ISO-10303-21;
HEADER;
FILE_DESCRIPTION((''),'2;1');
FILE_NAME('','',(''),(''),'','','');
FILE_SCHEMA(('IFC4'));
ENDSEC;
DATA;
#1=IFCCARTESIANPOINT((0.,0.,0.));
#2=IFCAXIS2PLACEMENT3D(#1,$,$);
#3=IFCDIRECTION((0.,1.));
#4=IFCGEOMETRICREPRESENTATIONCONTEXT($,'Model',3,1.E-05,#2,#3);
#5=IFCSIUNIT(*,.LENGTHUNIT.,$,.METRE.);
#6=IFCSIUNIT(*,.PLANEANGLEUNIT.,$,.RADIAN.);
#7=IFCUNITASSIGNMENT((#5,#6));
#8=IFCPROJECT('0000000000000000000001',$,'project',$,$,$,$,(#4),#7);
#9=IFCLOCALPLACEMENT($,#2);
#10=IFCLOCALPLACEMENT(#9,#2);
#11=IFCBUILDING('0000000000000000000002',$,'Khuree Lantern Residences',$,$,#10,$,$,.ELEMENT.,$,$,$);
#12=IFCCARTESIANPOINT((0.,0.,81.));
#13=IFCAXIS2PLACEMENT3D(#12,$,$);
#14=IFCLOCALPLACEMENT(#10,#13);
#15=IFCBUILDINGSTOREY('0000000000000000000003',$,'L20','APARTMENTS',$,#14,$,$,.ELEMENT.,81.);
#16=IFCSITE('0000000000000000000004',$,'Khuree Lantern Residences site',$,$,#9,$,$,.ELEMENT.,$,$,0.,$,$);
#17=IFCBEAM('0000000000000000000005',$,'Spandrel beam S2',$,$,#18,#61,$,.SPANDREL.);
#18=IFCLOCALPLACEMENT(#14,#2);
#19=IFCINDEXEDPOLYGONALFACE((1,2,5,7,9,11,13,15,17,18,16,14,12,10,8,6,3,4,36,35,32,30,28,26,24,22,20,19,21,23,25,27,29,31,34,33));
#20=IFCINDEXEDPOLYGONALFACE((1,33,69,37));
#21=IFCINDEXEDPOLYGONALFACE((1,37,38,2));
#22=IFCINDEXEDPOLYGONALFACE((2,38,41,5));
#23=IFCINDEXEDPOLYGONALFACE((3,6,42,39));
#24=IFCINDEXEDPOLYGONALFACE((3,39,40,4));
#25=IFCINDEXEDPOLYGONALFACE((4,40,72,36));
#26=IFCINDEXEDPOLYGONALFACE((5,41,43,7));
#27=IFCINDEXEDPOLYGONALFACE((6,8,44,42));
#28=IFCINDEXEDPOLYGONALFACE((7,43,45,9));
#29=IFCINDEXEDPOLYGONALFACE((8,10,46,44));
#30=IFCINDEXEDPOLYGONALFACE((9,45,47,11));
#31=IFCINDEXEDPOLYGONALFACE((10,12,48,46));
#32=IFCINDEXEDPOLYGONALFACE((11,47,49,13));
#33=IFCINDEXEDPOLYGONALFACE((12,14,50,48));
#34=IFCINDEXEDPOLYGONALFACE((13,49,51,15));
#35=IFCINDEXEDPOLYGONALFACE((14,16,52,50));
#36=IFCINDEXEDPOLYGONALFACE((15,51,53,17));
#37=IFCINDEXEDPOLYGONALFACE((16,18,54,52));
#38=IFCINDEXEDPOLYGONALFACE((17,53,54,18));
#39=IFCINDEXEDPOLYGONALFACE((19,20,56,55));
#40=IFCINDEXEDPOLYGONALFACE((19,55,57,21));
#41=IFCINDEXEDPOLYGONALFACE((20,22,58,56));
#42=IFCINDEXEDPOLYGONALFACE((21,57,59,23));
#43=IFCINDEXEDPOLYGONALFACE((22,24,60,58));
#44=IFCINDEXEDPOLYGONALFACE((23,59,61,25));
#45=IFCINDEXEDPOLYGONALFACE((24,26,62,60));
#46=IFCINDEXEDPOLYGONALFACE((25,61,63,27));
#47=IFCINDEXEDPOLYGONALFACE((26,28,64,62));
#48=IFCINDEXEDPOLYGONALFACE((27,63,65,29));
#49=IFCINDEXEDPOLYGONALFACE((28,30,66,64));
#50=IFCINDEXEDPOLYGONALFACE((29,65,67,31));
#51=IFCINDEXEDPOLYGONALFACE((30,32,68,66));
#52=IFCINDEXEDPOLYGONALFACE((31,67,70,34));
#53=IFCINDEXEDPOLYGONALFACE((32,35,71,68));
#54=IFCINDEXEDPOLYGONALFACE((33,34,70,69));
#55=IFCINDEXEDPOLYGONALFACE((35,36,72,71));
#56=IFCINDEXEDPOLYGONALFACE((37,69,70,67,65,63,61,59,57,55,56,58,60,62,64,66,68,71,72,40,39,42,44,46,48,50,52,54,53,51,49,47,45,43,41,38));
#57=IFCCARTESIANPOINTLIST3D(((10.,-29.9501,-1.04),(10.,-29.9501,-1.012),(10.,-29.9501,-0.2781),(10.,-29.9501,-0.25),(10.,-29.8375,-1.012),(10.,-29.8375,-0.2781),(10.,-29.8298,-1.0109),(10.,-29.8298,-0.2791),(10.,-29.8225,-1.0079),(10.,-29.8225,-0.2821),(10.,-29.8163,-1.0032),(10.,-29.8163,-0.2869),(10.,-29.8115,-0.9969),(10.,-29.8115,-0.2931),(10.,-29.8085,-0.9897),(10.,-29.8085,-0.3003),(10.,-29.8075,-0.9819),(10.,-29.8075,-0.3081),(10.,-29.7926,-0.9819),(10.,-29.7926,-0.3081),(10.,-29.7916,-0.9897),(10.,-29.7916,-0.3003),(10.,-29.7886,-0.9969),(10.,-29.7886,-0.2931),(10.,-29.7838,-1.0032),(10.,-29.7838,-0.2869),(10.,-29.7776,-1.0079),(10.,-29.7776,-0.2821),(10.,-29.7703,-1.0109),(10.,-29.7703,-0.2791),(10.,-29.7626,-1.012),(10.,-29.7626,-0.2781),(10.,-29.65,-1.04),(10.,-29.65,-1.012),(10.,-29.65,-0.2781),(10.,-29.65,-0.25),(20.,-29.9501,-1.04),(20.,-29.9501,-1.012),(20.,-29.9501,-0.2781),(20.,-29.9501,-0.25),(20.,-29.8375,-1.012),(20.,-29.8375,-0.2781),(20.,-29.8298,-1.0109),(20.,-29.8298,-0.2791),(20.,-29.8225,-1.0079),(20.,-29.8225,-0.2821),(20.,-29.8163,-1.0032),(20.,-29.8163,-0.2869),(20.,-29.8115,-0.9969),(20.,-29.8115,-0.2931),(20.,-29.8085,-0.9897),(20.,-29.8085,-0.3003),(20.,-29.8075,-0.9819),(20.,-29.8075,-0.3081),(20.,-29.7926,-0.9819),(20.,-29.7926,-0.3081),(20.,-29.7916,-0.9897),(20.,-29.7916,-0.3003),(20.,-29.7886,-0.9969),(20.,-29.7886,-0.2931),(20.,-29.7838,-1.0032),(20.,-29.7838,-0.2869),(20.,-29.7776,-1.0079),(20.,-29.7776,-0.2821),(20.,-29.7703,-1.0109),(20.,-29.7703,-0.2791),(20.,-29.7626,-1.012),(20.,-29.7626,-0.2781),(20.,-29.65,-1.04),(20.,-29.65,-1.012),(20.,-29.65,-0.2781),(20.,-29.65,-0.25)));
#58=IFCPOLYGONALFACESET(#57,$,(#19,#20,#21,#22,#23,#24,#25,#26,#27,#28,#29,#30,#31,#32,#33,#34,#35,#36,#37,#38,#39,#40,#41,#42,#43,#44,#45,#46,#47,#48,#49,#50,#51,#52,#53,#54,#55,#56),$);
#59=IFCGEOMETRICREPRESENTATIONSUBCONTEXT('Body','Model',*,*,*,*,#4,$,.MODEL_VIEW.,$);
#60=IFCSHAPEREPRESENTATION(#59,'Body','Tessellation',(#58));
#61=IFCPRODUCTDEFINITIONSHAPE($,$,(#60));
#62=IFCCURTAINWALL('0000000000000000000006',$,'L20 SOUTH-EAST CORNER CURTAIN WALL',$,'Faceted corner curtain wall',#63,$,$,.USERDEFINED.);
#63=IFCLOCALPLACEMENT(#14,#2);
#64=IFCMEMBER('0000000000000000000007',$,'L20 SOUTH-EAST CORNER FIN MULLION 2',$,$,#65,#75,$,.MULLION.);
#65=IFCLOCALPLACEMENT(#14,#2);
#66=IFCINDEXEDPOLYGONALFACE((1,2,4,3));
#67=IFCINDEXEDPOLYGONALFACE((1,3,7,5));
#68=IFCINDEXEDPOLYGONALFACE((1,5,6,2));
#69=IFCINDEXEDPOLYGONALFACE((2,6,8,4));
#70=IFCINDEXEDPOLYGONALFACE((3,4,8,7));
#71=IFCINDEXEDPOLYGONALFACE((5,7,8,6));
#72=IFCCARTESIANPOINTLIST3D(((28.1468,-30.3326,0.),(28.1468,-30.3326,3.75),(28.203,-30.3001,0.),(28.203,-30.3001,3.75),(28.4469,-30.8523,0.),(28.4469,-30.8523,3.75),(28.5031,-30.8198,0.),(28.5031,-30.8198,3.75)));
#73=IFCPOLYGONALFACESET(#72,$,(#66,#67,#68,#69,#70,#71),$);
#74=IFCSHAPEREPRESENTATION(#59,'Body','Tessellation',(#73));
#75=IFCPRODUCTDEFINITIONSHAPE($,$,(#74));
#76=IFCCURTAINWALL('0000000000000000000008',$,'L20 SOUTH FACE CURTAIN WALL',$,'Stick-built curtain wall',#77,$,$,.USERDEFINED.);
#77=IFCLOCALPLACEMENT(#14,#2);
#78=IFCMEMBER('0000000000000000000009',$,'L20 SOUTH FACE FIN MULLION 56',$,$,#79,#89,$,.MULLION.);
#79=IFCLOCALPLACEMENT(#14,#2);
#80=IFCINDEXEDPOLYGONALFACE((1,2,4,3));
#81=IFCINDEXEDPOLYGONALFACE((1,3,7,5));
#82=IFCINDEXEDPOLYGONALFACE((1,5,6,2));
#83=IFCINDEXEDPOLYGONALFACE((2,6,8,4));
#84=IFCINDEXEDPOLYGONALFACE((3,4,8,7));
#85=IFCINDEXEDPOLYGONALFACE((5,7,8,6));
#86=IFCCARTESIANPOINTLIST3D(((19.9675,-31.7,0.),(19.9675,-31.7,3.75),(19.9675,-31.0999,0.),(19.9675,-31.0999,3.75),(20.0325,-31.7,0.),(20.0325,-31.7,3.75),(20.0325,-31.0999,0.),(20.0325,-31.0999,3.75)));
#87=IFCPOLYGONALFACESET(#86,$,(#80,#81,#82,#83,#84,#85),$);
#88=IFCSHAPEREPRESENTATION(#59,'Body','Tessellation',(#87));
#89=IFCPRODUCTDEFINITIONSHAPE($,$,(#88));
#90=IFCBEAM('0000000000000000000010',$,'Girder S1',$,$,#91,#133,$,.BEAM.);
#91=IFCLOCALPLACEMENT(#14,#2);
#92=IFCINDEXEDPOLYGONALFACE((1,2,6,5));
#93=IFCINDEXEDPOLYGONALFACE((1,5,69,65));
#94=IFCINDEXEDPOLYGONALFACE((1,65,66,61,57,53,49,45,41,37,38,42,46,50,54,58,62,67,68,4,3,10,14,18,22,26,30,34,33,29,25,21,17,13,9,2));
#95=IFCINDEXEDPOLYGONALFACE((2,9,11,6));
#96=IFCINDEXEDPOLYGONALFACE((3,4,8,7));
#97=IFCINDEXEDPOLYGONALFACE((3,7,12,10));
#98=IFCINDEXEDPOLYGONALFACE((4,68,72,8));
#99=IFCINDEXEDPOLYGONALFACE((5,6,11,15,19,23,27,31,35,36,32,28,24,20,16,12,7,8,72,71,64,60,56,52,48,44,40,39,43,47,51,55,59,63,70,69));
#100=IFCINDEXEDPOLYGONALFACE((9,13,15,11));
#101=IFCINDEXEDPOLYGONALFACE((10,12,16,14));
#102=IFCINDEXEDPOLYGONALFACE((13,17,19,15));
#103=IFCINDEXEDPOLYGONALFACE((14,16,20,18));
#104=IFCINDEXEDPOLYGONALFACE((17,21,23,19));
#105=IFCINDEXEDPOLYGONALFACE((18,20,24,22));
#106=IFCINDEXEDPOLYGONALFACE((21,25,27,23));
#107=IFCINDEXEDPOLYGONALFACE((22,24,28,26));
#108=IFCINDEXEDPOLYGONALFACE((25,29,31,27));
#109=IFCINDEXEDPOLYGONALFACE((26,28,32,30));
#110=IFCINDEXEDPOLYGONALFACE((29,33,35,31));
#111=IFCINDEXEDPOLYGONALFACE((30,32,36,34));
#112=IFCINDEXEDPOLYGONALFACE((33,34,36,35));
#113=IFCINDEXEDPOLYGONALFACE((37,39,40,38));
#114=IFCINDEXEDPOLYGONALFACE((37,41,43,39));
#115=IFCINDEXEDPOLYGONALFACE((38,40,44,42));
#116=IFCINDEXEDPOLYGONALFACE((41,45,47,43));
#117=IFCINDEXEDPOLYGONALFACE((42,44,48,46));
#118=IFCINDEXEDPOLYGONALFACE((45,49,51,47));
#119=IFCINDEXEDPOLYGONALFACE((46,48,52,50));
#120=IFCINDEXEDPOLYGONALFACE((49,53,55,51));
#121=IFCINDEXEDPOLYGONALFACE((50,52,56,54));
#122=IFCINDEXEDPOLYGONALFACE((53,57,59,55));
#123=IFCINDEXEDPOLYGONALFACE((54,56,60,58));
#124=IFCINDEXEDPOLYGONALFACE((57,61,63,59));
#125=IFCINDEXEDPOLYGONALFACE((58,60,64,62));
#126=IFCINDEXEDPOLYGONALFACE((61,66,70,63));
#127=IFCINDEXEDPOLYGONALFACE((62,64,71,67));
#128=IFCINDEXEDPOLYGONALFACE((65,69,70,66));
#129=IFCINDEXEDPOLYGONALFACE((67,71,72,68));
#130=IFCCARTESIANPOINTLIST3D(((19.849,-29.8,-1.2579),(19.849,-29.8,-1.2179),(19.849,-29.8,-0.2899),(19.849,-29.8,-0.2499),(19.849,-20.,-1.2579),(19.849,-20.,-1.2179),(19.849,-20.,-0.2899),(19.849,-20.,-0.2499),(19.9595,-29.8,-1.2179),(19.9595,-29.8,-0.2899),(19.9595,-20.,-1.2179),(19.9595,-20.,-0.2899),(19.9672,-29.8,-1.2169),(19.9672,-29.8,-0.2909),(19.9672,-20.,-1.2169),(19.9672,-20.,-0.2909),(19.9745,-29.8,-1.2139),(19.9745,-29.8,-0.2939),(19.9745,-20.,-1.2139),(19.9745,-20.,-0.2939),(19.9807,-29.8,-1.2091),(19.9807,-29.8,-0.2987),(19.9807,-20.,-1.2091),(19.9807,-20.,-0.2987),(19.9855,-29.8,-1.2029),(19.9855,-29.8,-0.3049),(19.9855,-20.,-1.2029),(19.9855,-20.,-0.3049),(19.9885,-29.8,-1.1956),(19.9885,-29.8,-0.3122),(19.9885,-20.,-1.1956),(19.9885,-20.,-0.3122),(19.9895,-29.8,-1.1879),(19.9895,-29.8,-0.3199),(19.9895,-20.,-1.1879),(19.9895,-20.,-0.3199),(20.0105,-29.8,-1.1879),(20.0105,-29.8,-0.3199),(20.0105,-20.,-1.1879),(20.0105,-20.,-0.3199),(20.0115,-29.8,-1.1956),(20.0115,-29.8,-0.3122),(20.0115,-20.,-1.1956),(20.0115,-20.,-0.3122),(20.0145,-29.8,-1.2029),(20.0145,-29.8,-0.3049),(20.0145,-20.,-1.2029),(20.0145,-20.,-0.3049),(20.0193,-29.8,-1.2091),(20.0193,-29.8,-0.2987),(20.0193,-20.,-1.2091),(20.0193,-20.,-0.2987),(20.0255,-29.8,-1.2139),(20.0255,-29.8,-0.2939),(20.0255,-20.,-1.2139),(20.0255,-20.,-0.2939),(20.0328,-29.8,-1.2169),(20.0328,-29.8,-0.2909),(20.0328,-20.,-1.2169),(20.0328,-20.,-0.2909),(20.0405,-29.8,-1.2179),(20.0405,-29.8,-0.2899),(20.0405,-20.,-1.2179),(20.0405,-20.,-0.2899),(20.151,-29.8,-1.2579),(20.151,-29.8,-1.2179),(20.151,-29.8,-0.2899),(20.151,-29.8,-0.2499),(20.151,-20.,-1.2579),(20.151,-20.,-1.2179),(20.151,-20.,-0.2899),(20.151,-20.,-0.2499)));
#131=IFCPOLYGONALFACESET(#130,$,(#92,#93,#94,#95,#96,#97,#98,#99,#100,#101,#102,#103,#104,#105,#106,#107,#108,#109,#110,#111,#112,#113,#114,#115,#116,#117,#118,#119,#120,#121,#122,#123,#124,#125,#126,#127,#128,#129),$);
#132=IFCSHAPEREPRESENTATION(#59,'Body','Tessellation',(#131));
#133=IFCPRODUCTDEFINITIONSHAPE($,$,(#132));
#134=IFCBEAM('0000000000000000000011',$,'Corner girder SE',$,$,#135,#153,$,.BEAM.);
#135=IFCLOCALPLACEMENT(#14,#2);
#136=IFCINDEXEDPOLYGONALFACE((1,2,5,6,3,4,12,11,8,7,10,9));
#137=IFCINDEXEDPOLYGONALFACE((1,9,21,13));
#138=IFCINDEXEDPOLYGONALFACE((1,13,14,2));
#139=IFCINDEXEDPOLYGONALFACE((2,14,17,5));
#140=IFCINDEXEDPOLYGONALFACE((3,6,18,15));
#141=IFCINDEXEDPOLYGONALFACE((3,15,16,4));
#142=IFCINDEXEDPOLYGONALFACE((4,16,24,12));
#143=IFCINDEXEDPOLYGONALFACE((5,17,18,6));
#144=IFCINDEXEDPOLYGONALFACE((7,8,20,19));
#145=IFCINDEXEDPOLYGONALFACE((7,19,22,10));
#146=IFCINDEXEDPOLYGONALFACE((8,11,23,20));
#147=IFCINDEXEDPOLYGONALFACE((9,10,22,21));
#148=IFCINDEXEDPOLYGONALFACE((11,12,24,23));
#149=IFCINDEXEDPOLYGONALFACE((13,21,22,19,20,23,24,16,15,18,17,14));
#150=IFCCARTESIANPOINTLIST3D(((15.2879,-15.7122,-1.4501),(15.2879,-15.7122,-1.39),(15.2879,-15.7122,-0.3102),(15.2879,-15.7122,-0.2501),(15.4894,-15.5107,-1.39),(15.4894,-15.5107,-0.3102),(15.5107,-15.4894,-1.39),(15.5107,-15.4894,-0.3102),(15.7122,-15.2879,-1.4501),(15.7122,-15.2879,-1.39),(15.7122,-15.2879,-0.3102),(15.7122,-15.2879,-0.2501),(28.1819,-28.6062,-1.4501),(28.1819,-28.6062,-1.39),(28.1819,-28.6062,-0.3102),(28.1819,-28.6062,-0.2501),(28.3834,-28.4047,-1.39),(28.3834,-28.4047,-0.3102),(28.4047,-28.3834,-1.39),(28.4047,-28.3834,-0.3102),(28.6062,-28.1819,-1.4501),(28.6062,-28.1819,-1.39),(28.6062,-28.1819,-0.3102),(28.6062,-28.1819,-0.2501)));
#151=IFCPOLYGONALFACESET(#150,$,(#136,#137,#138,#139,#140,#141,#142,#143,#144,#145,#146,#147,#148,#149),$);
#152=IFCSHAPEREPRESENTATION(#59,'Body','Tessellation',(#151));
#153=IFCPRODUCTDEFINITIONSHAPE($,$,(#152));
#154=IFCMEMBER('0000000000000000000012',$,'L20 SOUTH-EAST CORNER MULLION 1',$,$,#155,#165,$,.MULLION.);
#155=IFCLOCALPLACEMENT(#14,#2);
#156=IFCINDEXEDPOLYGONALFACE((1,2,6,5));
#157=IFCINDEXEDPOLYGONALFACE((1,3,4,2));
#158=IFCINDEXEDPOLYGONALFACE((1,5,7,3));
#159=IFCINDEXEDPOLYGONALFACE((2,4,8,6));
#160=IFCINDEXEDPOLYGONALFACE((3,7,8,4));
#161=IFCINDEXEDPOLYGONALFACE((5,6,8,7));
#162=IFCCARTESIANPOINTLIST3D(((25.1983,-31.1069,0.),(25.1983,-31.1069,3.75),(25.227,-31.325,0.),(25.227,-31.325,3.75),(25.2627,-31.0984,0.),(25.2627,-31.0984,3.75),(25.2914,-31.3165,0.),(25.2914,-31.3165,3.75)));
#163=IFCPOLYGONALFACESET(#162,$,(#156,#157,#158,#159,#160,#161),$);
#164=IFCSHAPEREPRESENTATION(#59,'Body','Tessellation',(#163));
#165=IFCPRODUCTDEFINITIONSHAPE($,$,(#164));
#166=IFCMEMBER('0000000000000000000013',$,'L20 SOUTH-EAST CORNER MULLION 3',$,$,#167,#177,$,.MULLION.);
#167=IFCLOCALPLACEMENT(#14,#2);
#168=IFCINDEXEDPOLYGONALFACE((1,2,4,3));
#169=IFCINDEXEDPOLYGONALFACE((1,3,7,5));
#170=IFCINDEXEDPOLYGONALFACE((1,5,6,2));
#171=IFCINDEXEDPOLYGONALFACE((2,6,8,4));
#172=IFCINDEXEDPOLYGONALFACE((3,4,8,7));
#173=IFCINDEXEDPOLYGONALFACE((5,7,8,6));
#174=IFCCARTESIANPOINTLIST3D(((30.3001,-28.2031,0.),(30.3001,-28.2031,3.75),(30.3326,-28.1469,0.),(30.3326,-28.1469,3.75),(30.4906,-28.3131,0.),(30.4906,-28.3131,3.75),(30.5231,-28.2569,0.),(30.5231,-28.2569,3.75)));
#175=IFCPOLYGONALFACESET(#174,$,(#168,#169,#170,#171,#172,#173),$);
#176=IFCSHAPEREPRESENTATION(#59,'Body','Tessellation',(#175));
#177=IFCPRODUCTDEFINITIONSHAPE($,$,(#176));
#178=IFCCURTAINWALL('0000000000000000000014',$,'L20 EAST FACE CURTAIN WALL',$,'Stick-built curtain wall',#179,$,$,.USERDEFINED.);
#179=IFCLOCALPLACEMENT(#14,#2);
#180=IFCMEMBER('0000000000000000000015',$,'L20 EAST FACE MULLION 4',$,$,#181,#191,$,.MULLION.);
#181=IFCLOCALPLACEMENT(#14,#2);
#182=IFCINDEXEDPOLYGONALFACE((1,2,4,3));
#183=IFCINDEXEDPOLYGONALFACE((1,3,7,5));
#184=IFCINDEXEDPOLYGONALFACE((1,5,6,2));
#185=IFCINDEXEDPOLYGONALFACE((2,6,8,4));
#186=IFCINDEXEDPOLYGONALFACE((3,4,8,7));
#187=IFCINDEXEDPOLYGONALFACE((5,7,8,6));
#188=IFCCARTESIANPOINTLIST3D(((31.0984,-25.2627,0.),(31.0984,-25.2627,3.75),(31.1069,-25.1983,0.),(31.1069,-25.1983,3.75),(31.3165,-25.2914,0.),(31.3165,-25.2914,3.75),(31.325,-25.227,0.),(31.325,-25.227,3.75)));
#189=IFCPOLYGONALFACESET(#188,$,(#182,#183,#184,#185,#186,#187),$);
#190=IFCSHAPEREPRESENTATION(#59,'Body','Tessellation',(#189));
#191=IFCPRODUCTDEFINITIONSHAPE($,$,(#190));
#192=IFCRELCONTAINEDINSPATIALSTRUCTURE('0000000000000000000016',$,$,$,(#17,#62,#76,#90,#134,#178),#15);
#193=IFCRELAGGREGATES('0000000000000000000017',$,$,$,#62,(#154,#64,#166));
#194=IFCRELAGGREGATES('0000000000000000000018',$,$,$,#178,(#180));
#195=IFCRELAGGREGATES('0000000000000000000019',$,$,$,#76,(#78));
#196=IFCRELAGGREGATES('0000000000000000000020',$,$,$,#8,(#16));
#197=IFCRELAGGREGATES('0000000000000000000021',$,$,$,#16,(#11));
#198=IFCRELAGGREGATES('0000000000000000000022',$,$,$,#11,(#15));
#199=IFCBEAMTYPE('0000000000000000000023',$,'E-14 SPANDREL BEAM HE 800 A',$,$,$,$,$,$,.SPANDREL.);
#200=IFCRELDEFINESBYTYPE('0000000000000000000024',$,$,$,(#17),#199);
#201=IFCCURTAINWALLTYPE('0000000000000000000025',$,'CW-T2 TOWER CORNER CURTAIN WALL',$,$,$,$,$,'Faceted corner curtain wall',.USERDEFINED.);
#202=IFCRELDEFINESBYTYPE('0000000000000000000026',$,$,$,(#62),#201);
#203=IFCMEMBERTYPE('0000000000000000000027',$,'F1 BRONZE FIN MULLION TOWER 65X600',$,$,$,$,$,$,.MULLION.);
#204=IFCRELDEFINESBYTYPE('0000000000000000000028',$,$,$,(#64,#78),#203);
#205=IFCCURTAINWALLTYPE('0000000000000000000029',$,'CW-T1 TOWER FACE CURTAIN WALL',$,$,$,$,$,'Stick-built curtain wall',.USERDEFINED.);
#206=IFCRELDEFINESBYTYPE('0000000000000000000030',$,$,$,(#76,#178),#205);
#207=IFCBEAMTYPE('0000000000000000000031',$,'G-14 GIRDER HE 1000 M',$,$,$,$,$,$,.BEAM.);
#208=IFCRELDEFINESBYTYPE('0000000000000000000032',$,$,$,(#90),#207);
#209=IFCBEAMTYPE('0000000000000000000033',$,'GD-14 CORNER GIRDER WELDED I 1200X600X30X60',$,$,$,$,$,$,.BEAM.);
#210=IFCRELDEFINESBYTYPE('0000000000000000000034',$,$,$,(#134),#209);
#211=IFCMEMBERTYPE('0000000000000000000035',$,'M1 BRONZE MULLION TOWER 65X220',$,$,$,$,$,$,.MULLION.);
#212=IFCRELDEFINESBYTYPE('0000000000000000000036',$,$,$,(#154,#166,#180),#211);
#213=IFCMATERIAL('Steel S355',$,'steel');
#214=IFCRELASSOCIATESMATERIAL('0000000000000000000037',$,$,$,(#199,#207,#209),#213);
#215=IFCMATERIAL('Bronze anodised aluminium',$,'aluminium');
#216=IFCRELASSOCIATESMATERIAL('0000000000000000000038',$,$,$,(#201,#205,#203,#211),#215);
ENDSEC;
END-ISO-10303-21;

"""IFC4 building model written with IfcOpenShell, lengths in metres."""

from ifc_helpers import new_model, si_unit, direction, frame, origin, origin_2d, place, context, subcontext, project, spatial, rectangle, i_section, extrude, material, material_profile, profile_set, type_object, element, aggregate, save


model = new_model("IFC4")

# Units and contexts
model_context = context("Model", 3, precision=1e-05, world=origin(), true_north=direction((0.0, 1.0)))
body_context = subcontext(model_context, "Body", "Model", "MODEL_VIEW")
ifc_project = project(units=[si_unit("LENGTHUNIT", "METRE"), si_unit("PLANEANGLEUNIT", "RADIAN")], contexts=[model_context])

# Site, building, storey
site_placement = place(None, origin())
site = spatial("IfcSite", under=ifc_project, at=site_placement, Name="Khuree Lantern Residences site", CompositionType="ELEMENT", RefElevation=0.0)
building_placement = place(site_placement, origin())
building = spatial("IfcBuilding", under=site, at=building_placement, Name="Khuree Lantern Residences", CompositionType="ELEMENT")
storey_placement = place(building_placement, frame((0.0, 0.0, 81.0)))
storey = spatial("IfcBuildingStorey", under=building, at=storey_placement, Name="L20", Description="APARTMENTS", CompositionType="ELEMENT", Elevation=81.0)

# Beam
ifc_material_1 = material(Name="Steel S355", Category="steel")
ifc_material_profile_1 = material_profile(ifc_material_1, i_section(OverallWidth=0.3, OverallDepth=0.79, WebThickness=0.0149, FlangeThickness=0.0281, FilletRadius=0.03, at=origin_2d()), Name="HE 800 A")
ifc_profile_set_1 = profile_set([ifc_material_profile_1], Name="Steel S355")
beam_type_1 = type_object("IfcBeamType", Name="E-14 SPANDREL BEAM HE 800 A", PredefinedType="SPANDREL", material=ifc_profile_set_1)
beam_1_placement = place(storey_placement, frame((20.0, -29.8, -0.645), z_axis=(-1.0, 0.0, 0.0), x_axis=(0.0, -1.0, 0.0)))
element("IfcBeam", 1, at=beam_1_placement, inside=storey, type_object=beam_type_1, Name="Spandrel beam S2", PredefinedType="SPANDREL", context=body_context, shape_type="SweptSolid", body=[
    extrude(i_section(OverallWidth=0.3, OverallDepth=0.79, WebThickness=0.0149, FlangeThickness=0.0281, FilletRadius=0.03, at=origin_2d()), origin(), (0.0, 0.0, 1.0), 10.0),
])

# Curtain walls, members
ifc_material_2 = material(Name="Bronze anodised aluminium", Category="aluminium")
curtain_wall_type_1 = type_object("IfcCurtainWallType", Name="CW-T2 TOWER CORNER CURTAIN WALL", ElementType="Faceted corner curtain wall", PredefinedType="USERDEFINED", material=ifc_material_2)
curtain_wall_1_placement = place(storey_placement, origin())
curtain_wall_1 = element("IfcCurtainWall", 2, at=curtain_wall_1_placement, inside=storey, type_object=curtain_wall_type_1, Name="L20 SOUTH-EAST CORNER CURTAIN WALL", ObjectType="Faceted corner curtain wall", PredefinedType="USERDEFINED")
ifc_material_profile_2 = material_profile(ifc_material_2, rectangle(XDim=0.0649, YDim=0.6001, at=origin_2d()), Name="F1 65X600")
ifc_profile_set_2 = profile_set([ifc_material_profile_2], Name="Bronze anodised aluminium")
member_type_1 = type_object("IfcMemberType", Name="F1 BRONZE FIN MULLION TOWER 65X600", PredefinedType="MULLION", material=ifc_profile_set_2)
member_1_placement = place(storey_placement, frame((28.325, -30.5762, 0.0), z_axis=(0.0, 0.0, 1.0), x_axis=(0.866025, 0.5, 0.0)))
member_1 = element("IfcMember", 3, at=member_1_placement, type_object=member_type_1, Name="L20 SOUTH-EAST CORNER FIN MULLION 2", PredefinedType="MULLION", context=body_context, shape_type="SweptSolid", body=[
    extrude(rectangle(XDim=0.0649, YDim=0.6001, at=origin_2d()), origin(), (0.0, 0.0, 1.0), 3.75),
])
curtain_wall_type_2 = type_object("IfcCurtainWallType", Name="CW-T1 TOWER FACE CURTAIN WALL", ElementType="Stick-built curtain wall", PredefinedType="USERDEFINED", material=ifc_material_2)
curtain_wall_2_placement = place(storey_placement, origin())
curtain_wall_2 = element("IfcCurtainWall", 4, at=curtain_wall_2_placement, inside=storey, type_object=curtain_wall_type_2, Name="L20 SOUTH FACE CURTAIN WALL", ObjectType="Stick-built curtain wall", PredefinedType="USERDEFINED")
member_2_placement = place(storey_placement, frame((20.0, -31.3999, 0.0), z_axis=(0.0, 0.0, 1.0), x_axis=(1.0, 0.0, 0.0)))
member_2 = element("IfcMember", 5, at=member_2_placement, type_object=member_type_1, Name="L20 SOUTH FACE FIN MULLION 56", PredefinedType="MULLION", context=body_context, shape_type="SweptSolid", body=[
    extrude(rectangle(XDim=0.0649, YDim=0.6001, at=origin_2d()), origin(), (0.0, 0.0, 1.0), 3.75),
])

# Beams
ifc_material_profile_3 = material_profile(ifc_material_1, i_section(OverallWidth=0.302, OverallDepth=1.0081, WebThickness=0.021, FlangeThickness=0.04, FilletRadius=0.03, at=origin_2d()), Name="HE 1000 M")
ifc_profile_set_3 = profile_set([ifc_material_profile_3], Name="Steel S355")
beam_type_2 = type_object("IfcBeamType", Name="G-14 GIRDER HE 1000 M", PredefinedType="BEAM", material=ifc_profile_set_3)
beam_2_placement = place(storey_placement, frame((20.0, -29.8, -0.7539), z_axis=(0.0, 1.0, 0.0), x_axis=(-1.0, 0.0, 0.0)))
element("IfcBeam", 6, at=beam_2_placement, inside=storey, type_object=beam_type_2, Name="Girder S1", PredefinedType="BEAM", context=body_context, shape_type="SweptSolid", body=[
    extrude(i_section(OverallWidth=0.302, OverallDepth=1.0081, WebThickness=0.021, FlangeThickness=0.04, FilletRadius=0.03, at=origin_2d()), origin(), (0.0, 0.0, 1.0), 9.8),
])
ifc_material_profile_4 = material_profile(ifc_material_1, i_section(OverallWidth=0.6001, OverallDepth=1.2, WebThickness=0.03, FlangeThickness=0.0601, at=origin_2d()), Name="WELDED I 1200X600X30X60")
ifc_profile_set_4 = profile_set([ifc_material_profile_4], Name="Steel S355")
beam_type_3 = type_object("IfcBeamType", Name="GD-14 CORNER GIRDER WELDED I 1200X600X30X60", PredefinedType="BEAM", material=ifc_profile_set_4)
beam_3_placement = place(storey_placement, frame((28.394, -28.394, -0.8501), z_axis=(-0.707107, 0.707107, 0.0), x_axis=(-0.707107, -0.707107, 0.0)))
element("IfcBeam", 7, at=beam_3_placement, inside=storey, type_object=beam_type_3, Name="Corner girder SE", PredefinedType="BEAM", context=body_context, shape_type="SweptSolid", body=[
    extrude(i_section(OverallWidth=0.6001, OverallDepth=1.2, WebThickness=0.03, FlangeThickness=0.0601, at=origin_2d()), origin(), (0.0, 0.0, 1.0), 18.2349),
])

# Members
ifc_material_profile_5 = material_profile(ifc_material_2, rectangle(XDim=0.0649, YDim=0.22, at=origin_2d()), Name="M1 65X220")
ifc_profile_set_5 = profile_set([ifc_material_profile_5], Name="Bronze anodised aluminium")
member_type_2 = type_object("IfcMemberType", Name="M1 BRONZE MULLION TOWER 65X220", PredefinedType="MULLION", material=ifc_profile_set_5)
member_3_placement = place(storey_placement, frame((25.2449, -31.2117, 0.0), z_axis=(0.0, 0.0, 1.0), x_axis=(0.991445, 0.130526, 0.0)))
member_3 = element("IfcMember", 8, at=member_3_placement, type_object=member_type_2, Name="L20 SOUTH-EAST CORNER MULLION 1", PredefinedType="MULLION", context=body_context, shape_type="SweptSolid", body=[
    extrude(rectangle(XDim=0.0649, YDim=0.22, at=origin_2d()), origin(), (0.0, 0.0, 1.0), 3.75),
])
member_4_placement = place(storey_placement, frame((30.4116, -28.23, 0.0), z_axis=(0.0, 0.0, 1.0), x_axis=(0.5, 0.866025, 0.0)))
member_4 = element("IfcMember", 9, at=member_4_placement, type_object=member_type_2, Name="L20 SOUTH-EAST CORNER MULLION 3", PredefinedType="MULLION", context=body_context, shape_type="SweptSolid", body=[
    extrude(rectangle(XDim=0.0649, YDim=0.22, at=origin_2d()), origin(), (0.0, 0.0, 1.0), 3.75),
])

# Curtain wall, member
curtain_wall_3_placement = place(storey_placement, origin())
curtain_wall_3 = element("IfcCurtainWall", 10, at=curtain_wall_3_placement, inside=storey, type_object=curtain_wall_type_2, Name="L20 EAST FACE CURTAIN WALL", ObjectType="Stick-built curtain wall", PredefinedType="USERDEFINED")
member_5_placement = place(storey_placement, frame((31.2117, -25.2449, 0.0), z_axis=(0.0, 0.0, 1.0), x_axis=(0.130526, 0.991445, 0.0)))
member_5 = element("IfcMember", 11, at=member_5_placement, type_object=member_type_2, Name="L20 EAST FACE MULLION 4", PredefinedType="MULLION", context=body_context, shape_type="SweptSolid", body=[
    extrude(rectangle(XDim=0.0649, YDim=0.22, at=origin_2d()), origin(), (0.0, 0.0, 1.0), 3.75),
])

aggregate(curtain_wall_1, [member_3, member_1, member_4])
aggregate(curtain_wall_3, [member_5])
aggregate(curtain_wall_2, [member_2])

save(model, "model.ifc")
